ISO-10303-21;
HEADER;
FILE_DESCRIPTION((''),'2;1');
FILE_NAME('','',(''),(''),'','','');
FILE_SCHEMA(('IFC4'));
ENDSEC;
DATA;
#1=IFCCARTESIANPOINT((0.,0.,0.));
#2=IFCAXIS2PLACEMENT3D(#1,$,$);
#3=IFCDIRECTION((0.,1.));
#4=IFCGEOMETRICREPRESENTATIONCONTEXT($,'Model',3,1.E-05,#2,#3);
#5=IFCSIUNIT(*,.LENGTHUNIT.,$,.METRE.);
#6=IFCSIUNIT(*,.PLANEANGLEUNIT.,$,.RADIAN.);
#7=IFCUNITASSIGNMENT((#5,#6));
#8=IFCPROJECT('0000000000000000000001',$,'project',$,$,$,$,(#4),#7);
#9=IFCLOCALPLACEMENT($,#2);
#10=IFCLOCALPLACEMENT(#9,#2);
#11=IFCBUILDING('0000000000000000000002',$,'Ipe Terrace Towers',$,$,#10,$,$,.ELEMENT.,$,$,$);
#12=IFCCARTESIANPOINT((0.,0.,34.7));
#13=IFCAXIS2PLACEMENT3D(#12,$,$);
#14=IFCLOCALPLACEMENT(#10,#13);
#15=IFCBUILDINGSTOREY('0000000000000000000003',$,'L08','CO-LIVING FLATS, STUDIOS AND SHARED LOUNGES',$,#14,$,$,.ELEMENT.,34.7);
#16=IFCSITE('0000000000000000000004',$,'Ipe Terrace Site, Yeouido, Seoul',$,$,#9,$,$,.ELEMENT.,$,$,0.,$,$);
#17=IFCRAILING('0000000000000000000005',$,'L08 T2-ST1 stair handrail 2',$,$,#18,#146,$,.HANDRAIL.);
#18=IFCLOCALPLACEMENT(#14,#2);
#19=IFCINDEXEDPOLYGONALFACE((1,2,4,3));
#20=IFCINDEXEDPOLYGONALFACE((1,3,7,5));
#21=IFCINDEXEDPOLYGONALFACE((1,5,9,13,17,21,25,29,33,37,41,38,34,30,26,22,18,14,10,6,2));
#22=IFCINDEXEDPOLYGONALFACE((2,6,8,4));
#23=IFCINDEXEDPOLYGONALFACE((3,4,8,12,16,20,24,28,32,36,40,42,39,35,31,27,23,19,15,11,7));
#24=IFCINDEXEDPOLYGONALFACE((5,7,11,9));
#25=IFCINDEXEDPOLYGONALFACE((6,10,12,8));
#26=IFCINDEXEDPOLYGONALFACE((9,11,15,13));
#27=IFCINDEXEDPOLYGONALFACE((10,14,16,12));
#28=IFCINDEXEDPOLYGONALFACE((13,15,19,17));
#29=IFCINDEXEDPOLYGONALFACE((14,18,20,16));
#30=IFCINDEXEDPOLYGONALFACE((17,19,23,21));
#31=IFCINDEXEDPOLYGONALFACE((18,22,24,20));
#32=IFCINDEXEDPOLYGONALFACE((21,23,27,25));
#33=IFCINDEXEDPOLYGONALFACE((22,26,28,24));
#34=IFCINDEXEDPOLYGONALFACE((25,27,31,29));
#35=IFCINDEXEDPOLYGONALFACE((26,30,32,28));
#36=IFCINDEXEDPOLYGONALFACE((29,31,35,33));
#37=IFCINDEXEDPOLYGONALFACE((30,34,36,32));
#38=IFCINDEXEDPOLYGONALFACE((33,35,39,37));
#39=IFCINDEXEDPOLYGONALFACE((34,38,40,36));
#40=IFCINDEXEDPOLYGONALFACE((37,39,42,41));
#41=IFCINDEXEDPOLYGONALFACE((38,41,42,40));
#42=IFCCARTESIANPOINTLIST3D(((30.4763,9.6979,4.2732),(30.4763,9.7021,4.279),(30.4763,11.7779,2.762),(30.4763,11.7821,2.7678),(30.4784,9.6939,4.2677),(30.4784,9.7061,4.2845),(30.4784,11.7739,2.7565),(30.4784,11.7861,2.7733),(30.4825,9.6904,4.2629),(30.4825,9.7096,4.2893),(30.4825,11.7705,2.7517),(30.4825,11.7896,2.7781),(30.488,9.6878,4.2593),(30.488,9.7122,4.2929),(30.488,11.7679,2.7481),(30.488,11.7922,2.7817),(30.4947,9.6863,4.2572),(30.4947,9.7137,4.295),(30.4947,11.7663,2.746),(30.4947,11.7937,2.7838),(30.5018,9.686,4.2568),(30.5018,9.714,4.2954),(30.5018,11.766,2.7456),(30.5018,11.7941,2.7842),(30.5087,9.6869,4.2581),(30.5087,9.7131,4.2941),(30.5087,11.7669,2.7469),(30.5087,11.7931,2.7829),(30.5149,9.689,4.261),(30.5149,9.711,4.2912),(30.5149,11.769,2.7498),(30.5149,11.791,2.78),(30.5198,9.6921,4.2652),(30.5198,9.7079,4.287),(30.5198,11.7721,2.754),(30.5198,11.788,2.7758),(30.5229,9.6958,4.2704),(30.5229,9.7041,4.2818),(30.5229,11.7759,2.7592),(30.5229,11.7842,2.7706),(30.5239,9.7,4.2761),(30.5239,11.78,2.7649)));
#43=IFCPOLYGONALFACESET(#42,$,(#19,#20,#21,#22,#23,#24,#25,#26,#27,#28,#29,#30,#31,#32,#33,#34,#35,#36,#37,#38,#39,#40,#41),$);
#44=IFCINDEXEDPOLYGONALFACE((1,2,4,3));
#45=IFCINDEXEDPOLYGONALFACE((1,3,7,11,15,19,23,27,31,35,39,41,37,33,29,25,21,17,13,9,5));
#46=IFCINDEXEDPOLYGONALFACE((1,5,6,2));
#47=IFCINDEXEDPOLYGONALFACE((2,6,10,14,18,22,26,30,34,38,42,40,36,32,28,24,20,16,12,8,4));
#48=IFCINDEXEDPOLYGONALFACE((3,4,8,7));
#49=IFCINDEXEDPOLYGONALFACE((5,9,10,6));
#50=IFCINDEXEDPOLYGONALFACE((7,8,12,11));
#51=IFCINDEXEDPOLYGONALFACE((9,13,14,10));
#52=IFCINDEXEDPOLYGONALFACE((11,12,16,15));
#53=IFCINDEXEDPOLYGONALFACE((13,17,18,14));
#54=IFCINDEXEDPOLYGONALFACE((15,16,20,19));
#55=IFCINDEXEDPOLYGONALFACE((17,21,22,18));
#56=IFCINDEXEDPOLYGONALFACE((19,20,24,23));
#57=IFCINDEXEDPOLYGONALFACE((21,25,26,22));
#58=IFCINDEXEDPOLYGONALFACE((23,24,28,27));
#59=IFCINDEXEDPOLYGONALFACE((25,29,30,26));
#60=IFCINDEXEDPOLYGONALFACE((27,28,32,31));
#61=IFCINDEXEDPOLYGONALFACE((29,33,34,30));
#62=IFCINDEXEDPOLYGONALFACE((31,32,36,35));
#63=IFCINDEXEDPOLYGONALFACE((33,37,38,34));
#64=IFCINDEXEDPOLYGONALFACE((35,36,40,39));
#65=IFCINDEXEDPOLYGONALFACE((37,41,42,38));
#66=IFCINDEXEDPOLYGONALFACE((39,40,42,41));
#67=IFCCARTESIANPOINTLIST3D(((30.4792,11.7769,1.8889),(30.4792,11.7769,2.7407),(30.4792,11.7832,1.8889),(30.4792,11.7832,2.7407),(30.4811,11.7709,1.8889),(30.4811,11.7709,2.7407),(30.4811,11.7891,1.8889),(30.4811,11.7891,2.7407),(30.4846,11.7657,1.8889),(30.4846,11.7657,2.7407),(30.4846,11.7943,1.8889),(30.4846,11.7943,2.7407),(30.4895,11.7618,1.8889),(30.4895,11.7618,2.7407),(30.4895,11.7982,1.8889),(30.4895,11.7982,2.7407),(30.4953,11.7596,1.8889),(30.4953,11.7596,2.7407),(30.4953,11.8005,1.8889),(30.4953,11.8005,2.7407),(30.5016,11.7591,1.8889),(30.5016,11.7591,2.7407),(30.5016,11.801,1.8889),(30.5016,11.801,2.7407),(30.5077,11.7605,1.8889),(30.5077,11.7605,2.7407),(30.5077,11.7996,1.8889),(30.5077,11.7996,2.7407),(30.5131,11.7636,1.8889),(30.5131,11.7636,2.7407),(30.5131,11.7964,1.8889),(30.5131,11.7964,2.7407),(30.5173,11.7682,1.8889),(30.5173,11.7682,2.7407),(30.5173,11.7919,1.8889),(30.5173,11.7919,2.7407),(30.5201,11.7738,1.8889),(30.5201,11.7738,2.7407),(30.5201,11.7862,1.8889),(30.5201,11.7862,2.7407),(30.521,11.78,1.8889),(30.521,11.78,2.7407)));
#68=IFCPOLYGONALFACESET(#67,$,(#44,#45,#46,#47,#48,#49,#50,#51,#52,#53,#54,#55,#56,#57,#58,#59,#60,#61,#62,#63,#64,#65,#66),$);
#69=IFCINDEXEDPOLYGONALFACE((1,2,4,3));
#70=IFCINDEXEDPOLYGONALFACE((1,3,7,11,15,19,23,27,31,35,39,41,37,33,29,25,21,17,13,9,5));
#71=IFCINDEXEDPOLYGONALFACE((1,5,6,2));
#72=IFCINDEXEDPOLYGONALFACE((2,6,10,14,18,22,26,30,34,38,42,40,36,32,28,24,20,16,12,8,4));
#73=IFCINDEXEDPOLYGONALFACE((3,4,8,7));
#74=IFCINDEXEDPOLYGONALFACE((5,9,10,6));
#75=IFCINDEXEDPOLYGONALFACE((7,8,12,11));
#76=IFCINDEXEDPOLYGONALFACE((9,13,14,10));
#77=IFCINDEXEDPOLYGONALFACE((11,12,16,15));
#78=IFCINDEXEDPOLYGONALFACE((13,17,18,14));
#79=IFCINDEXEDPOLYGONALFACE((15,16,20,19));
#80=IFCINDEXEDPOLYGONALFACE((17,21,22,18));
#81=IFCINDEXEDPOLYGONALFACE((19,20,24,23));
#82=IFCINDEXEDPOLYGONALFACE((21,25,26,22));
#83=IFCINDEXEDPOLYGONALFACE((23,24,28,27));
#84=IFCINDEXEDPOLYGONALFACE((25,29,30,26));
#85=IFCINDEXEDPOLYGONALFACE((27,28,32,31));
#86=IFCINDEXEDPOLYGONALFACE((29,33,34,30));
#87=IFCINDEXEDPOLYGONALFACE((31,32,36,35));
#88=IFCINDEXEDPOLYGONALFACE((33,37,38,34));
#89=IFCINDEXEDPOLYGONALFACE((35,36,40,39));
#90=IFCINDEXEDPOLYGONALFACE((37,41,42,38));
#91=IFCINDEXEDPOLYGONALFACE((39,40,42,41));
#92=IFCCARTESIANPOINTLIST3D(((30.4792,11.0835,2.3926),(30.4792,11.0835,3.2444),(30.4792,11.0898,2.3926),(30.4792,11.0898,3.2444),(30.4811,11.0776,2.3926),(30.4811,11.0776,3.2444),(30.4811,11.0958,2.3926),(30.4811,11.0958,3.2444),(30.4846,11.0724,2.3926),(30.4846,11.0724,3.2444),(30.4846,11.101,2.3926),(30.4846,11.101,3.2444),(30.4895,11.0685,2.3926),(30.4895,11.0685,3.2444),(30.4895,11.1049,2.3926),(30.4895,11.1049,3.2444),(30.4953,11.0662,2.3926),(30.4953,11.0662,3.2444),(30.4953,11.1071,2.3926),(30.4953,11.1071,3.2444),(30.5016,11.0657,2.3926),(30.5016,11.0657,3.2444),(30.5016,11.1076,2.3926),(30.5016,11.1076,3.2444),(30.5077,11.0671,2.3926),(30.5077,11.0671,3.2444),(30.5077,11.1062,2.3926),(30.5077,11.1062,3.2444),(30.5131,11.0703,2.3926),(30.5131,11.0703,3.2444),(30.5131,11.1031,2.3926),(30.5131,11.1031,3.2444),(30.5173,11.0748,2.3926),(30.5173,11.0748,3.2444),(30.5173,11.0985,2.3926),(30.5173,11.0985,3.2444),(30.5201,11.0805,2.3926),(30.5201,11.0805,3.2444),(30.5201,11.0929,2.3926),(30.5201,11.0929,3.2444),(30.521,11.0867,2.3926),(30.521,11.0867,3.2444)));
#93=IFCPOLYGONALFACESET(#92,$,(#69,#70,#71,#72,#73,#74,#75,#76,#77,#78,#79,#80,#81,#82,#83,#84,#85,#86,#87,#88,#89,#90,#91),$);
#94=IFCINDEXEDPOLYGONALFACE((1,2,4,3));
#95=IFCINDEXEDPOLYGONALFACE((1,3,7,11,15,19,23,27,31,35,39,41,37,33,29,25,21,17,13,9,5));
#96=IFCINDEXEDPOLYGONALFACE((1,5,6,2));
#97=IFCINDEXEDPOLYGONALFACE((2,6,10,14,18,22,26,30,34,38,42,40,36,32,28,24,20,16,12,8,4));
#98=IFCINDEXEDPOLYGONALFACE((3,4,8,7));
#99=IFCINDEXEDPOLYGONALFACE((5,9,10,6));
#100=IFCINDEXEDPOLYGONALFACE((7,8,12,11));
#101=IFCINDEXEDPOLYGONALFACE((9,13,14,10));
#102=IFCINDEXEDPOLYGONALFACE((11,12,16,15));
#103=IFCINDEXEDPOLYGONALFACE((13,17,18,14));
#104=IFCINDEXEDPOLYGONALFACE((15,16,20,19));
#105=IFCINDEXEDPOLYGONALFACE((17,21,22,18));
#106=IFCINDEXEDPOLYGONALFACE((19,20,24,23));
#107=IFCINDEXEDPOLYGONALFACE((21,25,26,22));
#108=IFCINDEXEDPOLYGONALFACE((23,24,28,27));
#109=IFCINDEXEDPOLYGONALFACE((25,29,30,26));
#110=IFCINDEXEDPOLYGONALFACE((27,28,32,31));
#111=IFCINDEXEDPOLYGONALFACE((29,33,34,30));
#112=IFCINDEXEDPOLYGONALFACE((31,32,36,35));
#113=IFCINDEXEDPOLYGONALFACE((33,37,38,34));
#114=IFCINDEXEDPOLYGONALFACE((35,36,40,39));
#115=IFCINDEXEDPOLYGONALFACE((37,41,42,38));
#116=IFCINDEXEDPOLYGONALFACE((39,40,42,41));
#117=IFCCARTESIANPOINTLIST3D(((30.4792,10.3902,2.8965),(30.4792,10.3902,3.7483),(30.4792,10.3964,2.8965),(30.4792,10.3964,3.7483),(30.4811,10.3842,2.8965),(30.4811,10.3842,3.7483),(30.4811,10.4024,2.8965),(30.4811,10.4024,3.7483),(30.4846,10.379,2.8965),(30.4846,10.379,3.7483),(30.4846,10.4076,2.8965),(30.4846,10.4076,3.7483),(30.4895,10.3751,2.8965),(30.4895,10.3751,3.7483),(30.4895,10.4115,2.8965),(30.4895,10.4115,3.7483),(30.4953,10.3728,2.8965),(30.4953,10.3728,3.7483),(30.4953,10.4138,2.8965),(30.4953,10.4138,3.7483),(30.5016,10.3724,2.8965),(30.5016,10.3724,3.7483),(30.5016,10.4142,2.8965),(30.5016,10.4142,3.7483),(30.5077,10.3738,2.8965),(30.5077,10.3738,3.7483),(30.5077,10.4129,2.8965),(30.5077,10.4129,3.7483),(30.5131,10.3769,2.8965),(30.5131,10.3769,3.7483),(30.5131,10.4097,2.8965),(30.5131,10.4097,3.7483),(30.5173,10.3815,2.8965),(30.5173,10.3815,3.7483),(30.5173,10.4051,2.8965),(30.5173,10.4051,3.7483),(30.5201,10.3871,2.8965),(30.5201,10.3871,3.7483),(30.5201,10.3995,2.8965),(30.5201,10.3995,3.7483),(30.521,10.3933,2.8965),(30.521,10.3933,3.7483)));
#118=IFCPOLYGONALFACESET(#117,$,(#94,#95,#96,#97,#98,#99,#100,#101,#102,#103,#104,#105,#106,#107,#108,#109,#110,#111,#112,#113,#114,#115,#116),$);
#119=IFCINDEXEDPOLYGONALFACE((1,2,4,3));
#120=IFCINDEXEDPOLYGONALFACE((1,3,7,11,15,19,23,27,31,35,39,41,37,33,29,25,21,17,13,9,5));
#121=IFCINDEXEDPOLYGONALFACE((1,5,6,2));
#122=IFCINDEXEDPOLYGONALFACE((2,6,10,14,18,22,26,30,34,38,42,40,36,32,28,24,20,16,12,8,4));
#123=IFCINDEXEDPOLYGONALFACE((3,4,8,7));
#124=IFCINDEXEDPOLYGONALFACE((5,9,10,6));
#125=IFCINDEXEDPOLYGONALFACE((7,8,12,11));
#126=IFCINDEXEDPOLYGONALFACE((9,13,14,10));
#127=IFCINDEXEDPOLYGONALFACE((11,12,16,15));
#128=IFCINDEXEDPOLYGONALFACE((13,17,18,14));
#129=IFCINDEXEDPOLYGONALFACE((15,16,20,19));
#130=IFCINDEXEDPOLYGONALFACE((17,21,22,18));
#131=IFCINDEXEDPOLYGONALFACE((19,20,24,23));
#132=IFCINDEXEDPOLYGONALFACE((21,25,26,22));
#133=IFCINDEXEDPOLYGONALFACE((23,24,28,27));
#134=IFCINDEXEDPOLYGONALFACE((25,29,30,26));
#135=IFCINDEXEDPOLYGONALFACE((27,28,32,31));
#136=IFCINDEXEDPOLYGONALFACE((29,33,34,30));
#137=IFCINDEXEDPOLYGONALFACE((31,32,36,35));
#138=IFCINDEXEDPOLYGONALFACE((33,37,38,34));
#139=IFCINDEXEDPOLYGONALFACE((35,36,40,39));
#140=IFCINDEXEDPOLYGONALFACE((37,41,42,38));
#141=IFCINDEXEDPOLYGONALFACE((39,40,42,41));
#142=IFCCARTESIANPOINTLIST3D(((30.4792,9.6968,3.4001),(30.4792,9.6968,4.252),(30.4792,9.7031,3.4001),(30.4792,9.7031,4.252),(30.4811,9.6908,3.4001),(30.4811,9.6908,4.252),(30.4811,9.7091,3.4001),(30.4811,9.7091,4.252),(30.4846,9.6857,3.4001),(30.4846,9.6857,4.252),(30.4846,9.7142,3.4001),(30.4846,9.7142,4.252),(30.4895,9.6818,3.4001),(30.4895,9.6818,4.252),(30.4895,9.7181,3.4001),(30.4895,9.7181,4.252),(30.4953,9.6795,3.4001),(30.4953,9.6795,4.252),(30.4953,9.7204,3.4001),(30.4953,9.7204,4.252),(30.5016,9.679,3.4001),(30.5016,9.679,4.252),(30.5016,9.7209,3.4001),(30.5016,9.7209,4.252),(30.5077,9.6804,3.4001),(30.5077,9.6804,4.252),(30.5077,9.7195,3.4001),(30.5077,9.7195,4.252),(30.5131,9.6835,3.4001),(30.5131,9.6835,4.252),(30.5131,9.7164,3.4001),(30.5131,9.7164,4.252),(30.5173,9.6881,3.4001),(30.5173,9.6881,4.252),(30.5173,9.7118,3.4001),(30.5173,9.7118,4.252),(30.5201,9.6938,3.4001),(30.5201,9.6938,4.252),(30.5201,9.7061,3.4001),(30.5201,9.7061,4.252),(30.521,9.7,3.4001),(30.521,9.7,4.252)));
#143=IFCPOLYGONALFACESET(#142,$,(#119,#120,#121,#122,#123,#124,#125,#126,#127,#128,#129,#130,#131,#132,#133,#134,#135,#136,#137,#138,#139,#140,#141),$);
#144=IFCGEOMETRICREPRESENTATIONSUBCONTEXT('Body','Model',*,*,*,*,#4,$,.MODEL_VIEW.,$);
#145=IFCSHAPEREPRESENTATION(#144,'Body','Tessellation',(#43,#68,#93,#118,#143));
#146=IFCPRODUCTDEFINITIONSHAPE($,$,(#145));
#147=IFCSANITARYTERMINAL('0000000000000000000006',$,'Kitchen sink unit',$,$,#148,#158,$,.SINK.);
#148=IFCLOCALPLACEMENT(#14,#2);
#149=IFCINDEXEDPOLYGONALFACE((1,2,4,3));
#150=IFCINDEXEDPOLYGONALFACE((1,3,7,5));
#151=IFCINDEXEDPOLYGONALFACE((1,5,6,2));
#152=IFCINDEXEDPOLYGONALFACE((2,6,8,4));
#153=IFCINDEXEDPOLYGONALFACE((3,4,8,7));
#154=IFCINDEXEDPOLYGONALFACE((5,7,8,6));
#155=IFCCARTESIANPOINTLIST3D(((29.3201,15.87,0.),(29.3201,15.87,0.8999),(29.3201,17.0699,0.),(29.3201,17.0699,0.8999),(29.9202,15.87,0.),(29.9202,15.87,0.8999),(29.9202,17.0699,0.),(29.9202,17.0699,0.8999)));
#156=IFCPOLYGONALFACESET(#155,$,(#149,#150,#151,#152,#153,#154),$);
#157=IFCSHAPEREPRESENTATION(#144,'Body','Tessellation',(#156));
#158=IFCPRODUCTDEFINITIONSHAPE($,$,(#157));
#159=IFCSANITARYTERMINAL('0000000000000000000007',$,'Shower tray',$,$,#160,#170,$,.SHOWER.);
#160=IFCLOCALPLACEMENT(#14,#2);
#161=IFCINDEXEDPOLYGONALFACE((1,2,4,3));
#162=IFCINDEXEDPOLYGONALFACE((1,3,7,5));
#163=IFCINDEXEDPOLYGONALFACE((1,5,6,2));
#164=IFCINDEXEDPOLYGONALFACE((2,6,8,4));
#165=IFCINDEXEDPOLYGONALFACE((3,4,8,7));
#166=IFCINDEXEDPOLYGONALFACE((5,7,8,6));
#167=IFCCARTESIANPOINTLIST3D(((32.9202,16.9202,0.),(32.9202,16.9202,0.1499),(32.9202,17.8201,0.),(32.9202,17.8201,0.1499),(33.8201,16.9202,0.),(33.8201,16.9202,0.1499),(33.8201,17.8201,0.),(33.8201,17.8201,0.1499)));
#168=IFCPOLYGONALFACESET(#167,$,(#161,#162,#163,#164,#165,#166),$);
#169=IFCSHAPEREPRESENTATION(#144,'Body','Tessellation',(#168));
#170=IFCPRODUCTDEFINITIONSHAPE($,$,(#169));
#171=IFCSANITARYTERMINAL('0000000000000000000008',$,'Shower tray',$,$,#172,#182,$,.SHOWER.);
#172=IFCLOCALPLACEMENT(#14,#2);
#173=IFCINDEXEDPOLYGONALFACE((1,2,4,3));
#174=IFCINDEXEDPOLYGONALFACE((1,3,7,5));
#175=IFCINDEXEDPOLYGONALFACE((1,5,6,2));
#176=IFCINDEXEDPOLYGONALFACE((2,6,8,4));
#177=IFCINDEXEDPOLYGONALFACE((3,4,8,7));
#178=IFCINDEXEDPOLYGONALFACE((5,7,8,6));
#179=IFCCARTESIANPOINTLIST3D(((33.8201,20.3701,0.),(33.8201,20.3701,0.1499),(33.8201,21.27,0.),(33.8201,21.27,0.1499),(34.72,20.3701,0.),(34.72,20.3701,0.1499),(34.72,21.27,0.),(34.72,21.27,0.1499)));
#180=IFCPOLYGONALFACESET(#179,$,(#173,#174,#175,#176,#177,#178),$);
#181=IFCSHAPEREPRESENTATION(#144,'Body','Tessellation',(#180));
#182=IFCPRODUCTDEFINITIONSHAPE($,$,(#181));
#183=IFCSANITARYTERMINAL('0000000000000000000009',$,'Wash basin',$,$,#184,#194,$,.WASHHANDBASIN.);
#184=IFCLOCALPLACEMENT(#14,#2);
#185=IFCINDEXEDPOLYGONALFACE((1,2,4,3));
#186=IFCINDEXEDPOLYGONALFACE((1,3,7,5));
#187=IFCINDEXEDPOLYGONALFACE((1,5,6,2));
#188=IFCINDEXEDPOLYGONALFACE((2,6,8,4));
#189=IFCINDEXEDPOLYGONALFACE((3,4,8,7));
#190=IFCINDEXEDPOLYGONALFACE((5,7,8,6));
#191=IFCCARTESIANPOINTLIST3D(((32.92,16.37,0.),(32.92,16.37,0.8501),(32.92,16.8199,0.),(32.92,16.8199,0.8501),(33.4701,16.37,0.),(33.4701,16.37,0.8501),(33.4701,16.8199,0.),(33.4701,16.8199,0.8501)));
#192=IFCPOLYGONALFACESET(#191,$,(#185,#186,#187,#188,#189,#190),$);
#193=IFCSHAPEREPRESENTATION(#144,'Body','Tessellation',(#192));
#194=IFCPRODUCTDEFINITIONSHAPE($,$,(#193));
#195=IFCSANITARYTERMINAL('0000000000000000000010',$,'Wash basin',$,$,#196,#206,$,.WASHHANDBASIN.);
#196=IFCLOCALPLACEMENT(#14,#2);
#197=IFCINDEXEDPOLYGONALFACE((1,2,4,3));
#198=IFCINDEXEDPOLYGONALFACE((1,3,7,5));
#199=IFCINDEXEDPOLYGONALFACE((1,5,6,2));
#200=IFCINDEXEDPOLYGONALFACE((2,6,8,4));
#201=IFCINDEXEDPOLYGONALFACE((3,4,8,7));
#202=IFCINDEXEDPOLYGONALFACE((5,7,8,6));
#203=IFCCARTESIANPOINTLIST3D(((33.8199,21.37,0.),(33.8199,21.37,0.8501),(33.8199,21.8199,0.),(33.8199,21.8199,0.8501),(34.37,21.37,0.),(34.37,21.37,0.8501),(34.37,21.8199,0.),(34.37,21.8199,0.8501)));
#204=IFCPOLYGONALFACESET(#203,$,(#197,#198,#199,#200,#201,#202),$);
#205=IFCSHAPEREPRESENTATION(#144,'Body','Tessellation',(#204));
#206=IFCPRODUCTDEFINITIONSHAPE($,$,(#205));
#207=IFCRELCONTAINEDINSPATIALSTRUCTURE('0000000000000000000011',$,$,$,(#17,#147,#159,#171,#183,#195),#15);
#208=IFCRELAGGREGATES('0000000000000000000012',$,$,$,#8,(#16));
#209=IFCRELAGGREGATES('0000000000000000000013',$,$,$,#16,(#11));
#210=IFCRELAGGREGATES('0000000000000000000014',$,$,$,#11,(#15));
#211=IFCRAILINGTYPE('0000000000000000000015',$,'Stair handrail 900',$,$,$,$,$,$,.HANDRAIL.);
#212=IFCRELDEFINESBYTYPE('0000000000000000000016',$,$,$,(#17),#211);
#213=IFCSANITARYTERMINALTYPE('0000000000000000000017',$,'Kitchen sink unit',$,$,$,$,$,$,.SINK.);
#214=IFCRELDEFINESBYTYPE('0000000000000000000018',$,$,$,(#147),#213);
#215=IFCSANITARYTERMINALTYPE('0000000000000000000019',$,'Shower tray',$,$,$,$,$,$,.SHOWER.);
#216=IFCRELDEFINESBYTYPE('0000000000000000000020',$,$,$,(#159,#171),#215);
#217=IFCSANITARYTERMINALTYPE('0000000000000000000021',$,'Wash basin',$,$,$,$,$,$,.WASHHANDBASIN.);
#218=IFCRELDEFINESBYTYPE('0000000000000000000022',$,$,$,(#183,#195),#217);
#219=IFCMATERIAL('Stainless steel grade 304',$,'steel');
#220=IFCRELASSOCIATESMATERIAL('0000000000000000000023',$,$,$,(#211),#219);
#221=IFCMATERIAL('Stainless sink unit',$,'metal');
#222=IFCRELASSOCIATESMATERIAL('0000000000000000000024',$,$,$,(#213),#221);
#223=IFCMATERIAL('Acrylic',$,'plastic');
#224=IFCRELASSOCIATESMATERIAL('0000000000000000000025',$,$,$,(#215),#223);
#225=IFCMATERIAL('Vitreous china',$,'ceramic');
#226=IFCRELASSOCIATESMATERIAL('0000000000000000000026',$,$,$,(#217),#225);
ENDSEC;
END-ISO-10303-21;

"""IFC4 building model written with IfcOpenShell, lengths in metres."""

from ifc_helpers import new_model, si_unit, direction, frame, origin, origin_2d, place, context, subcontext, project, spatial, rectangle, circle, extrude, material, type_object, element, save


model = new_model("IFC4")

# Units and contexts
model_context = context("Model", 3, precision=1e-05, world=origin(), true_north=direction((0.0, 1.0)))
body_context = subcontext(model_context, "Body", "Model", "MODEL_VIEW")
ifc_project = project(units=[si_unit("LENGTHUNIT", "METRE"), si_unit("PLANEANGLEUNIT", "RADIAN")], contexts=[model_context])

# Site, building, storey
site_placement = place(None, origin())
site = spatial("IfcSite", under=ifc_project, at=site_placement, Name="Ipe Terrace Site, Yeouido, Seoul", CompositionType="ELEMENT", RefElevation=0.0)
building_placement = place(site_placement, origin())
building = spatial("IfcBuilding", under=site, at=building_placement, Name="Ipe Terrace Towers", CompositionType="ELEMENT")
storey_placement = place(building_placement, frame((0.0, 0.0, 34.7)))
storey = spatial("IfcBuildingStorey", under=building, at=storey_placement, Name="L08", Description="CO-LIVING FLATS, STUDIOS AND SHARED LOUNGES", CompositionType="ELEMENT", Elevation=34.7)

# Railing
ifc_material_1 = material(Name="Stainless steel grade 304", Category="steel")
railing_type_1 = type_object("IfcRailingType", Name="Stair handrail 900", PredefinedType="HANDRAIL", material=ifc_material_1)
railing_1_placement = place(storey_placement, frame((30.5, 11.78, 1.8889)))
element("IfcRailing", 1, at=railing_1_placement, inside=storey, type_object=railing_type_1, Name="L08 T2-ST1 stair handrail 2", PredefinedType="HANDRAIL", context=body_context, shape_type="SweptSolid", body=[
    extrude(circle(Radius=0.0239, at=origin_2d()), frame((0.0, 0.0, 0.876), z_axis=(0.0, -0.809023, 0.587776), x_axis=(1.0, 0.0, 0.0)), (0.0, 0.0, 1.0), 2.571),
    extrude(circle(Radius=0.021, at=origin_2d()), origin(), (0.0, 0.0, 1.0), 0.8518),
    extrude(circle(Radius=0.021, at=origin_2d()), frame((0.0, -0.6934, 0.5037)), (0.0, 0.0, 1.0), 0.8518),
    extrude(circle(Radius=0.021, at=origin_2d()), frame((0.0, -1.3867, 1.0076)), (0.0, 0.0, 1.0), 0.8518),
    extrude(circle(Radius=0.021, at=origin_2d()), frame((0.0, -2.0801, 1.5112)), (0.0, 0.0, 1.0), 0.8518),
])

# Sanitary terminals
ifc_material_2 = material(Name="Stainless sink unit", Category="metal")
sanitary_terminal_type_1 = type_object("IfcSanitaryTerminalType", Name="Kitchen sink unit", PredefinedType="SINK", material=ifc_material_2)
sanitary_terminal_1_placement = place(storey_placement, frame((29.6201, 16.47, 0.0), z_axis=(0.0, 0.0, 1.0), x_axis=(0.0, 1.0, 0.0)))
element("IfcSanitaryTerminal", 2, at=sanitary_terminal_1_placement, inside=storey, type_object=sanitary_terminal_type_1, Name="Kitchen sink unit", PredefinedType="SINK", context=body_context, shape_type="SweptSolid", body=[
    extrude(rectangle(XDim=1.2, YDim=0.6001, at=origin_2d()), origin(), (0.0, 0.0, 1.0), 0.8999),
])
ifc_material_3 = material(Name="Acrylic", Category="plastic")
sanitary_terminal_type_2 = type_object("IfcSanitaryTerminalType", Name="Shower tray", PredefinedType="SHOWER", material=ifc_material_3)
for number, where, z_axis, x_axis, name in (
    (3, (33.3701, 17.3701, 0.0), (0.0, 0.0, 1.0), (1.0, 0.0, 0.0), "Shower tray"),
    (4, (34.27, 20.8201, 0.0), (0.0, 0.0, 1.0), (1.0, 0.0, 0.0), "Shower tray"),
):
    element("IfcSanitaryTerminal", number, at=place(storey_placement, frame(where, z_axis=z_axis, x_axis=x_axis)), inside=storey, type_object=sanitary_terminal_type_2, Name=name, PredefinedType="SHOWER", context=body_context, shape_type="SweptSolid", body=[
        extrude(rectangle(XDim=0.8999, YDim=0.8999, at=origin_2d()), origin(), (0.0, 0.0, 1.0), 0.1499),
    ])
ifc_material_4 = material(Name="Vitreous china", Category="ceramic")
sanitary_terminal_type_3 = type_object("IfcSanitaryTerminalType", Name="Wash basin", PredefinedType="WASHHANDBASIN", material=ifc_material_4)
for number, where, z_axis, x_axis, name in (
    (5, (33.1951, 16.595, 0.0), (0.0, 0.0, 1.0), (1.0, 0.0, 0.0), "Wash basin"),
    (6, (34.095, 21.595, 0.0), (0.0, 0.0, 1.0), (1.0, 0.0, 0.0), "Wash basin"),
):
    element("IfcSanitaryTerminal", number, at=place(storey_placement, frame(where, z_axis=z_axis, x_axis=x_axis)), inside=storey, type_object=sanitary_terminal_type_3, Name=name, PredefinedType="WASHHANDBASIN", context=body_context, shape_type="SweptSolid", body=[
        extrude(rectangle(XDim=0.55, YDim=0.45, at=origin_2d()), origin(), (0.0, 0.0, 1.0), 0.8501),
    ])

save(model, "model.ifc")
